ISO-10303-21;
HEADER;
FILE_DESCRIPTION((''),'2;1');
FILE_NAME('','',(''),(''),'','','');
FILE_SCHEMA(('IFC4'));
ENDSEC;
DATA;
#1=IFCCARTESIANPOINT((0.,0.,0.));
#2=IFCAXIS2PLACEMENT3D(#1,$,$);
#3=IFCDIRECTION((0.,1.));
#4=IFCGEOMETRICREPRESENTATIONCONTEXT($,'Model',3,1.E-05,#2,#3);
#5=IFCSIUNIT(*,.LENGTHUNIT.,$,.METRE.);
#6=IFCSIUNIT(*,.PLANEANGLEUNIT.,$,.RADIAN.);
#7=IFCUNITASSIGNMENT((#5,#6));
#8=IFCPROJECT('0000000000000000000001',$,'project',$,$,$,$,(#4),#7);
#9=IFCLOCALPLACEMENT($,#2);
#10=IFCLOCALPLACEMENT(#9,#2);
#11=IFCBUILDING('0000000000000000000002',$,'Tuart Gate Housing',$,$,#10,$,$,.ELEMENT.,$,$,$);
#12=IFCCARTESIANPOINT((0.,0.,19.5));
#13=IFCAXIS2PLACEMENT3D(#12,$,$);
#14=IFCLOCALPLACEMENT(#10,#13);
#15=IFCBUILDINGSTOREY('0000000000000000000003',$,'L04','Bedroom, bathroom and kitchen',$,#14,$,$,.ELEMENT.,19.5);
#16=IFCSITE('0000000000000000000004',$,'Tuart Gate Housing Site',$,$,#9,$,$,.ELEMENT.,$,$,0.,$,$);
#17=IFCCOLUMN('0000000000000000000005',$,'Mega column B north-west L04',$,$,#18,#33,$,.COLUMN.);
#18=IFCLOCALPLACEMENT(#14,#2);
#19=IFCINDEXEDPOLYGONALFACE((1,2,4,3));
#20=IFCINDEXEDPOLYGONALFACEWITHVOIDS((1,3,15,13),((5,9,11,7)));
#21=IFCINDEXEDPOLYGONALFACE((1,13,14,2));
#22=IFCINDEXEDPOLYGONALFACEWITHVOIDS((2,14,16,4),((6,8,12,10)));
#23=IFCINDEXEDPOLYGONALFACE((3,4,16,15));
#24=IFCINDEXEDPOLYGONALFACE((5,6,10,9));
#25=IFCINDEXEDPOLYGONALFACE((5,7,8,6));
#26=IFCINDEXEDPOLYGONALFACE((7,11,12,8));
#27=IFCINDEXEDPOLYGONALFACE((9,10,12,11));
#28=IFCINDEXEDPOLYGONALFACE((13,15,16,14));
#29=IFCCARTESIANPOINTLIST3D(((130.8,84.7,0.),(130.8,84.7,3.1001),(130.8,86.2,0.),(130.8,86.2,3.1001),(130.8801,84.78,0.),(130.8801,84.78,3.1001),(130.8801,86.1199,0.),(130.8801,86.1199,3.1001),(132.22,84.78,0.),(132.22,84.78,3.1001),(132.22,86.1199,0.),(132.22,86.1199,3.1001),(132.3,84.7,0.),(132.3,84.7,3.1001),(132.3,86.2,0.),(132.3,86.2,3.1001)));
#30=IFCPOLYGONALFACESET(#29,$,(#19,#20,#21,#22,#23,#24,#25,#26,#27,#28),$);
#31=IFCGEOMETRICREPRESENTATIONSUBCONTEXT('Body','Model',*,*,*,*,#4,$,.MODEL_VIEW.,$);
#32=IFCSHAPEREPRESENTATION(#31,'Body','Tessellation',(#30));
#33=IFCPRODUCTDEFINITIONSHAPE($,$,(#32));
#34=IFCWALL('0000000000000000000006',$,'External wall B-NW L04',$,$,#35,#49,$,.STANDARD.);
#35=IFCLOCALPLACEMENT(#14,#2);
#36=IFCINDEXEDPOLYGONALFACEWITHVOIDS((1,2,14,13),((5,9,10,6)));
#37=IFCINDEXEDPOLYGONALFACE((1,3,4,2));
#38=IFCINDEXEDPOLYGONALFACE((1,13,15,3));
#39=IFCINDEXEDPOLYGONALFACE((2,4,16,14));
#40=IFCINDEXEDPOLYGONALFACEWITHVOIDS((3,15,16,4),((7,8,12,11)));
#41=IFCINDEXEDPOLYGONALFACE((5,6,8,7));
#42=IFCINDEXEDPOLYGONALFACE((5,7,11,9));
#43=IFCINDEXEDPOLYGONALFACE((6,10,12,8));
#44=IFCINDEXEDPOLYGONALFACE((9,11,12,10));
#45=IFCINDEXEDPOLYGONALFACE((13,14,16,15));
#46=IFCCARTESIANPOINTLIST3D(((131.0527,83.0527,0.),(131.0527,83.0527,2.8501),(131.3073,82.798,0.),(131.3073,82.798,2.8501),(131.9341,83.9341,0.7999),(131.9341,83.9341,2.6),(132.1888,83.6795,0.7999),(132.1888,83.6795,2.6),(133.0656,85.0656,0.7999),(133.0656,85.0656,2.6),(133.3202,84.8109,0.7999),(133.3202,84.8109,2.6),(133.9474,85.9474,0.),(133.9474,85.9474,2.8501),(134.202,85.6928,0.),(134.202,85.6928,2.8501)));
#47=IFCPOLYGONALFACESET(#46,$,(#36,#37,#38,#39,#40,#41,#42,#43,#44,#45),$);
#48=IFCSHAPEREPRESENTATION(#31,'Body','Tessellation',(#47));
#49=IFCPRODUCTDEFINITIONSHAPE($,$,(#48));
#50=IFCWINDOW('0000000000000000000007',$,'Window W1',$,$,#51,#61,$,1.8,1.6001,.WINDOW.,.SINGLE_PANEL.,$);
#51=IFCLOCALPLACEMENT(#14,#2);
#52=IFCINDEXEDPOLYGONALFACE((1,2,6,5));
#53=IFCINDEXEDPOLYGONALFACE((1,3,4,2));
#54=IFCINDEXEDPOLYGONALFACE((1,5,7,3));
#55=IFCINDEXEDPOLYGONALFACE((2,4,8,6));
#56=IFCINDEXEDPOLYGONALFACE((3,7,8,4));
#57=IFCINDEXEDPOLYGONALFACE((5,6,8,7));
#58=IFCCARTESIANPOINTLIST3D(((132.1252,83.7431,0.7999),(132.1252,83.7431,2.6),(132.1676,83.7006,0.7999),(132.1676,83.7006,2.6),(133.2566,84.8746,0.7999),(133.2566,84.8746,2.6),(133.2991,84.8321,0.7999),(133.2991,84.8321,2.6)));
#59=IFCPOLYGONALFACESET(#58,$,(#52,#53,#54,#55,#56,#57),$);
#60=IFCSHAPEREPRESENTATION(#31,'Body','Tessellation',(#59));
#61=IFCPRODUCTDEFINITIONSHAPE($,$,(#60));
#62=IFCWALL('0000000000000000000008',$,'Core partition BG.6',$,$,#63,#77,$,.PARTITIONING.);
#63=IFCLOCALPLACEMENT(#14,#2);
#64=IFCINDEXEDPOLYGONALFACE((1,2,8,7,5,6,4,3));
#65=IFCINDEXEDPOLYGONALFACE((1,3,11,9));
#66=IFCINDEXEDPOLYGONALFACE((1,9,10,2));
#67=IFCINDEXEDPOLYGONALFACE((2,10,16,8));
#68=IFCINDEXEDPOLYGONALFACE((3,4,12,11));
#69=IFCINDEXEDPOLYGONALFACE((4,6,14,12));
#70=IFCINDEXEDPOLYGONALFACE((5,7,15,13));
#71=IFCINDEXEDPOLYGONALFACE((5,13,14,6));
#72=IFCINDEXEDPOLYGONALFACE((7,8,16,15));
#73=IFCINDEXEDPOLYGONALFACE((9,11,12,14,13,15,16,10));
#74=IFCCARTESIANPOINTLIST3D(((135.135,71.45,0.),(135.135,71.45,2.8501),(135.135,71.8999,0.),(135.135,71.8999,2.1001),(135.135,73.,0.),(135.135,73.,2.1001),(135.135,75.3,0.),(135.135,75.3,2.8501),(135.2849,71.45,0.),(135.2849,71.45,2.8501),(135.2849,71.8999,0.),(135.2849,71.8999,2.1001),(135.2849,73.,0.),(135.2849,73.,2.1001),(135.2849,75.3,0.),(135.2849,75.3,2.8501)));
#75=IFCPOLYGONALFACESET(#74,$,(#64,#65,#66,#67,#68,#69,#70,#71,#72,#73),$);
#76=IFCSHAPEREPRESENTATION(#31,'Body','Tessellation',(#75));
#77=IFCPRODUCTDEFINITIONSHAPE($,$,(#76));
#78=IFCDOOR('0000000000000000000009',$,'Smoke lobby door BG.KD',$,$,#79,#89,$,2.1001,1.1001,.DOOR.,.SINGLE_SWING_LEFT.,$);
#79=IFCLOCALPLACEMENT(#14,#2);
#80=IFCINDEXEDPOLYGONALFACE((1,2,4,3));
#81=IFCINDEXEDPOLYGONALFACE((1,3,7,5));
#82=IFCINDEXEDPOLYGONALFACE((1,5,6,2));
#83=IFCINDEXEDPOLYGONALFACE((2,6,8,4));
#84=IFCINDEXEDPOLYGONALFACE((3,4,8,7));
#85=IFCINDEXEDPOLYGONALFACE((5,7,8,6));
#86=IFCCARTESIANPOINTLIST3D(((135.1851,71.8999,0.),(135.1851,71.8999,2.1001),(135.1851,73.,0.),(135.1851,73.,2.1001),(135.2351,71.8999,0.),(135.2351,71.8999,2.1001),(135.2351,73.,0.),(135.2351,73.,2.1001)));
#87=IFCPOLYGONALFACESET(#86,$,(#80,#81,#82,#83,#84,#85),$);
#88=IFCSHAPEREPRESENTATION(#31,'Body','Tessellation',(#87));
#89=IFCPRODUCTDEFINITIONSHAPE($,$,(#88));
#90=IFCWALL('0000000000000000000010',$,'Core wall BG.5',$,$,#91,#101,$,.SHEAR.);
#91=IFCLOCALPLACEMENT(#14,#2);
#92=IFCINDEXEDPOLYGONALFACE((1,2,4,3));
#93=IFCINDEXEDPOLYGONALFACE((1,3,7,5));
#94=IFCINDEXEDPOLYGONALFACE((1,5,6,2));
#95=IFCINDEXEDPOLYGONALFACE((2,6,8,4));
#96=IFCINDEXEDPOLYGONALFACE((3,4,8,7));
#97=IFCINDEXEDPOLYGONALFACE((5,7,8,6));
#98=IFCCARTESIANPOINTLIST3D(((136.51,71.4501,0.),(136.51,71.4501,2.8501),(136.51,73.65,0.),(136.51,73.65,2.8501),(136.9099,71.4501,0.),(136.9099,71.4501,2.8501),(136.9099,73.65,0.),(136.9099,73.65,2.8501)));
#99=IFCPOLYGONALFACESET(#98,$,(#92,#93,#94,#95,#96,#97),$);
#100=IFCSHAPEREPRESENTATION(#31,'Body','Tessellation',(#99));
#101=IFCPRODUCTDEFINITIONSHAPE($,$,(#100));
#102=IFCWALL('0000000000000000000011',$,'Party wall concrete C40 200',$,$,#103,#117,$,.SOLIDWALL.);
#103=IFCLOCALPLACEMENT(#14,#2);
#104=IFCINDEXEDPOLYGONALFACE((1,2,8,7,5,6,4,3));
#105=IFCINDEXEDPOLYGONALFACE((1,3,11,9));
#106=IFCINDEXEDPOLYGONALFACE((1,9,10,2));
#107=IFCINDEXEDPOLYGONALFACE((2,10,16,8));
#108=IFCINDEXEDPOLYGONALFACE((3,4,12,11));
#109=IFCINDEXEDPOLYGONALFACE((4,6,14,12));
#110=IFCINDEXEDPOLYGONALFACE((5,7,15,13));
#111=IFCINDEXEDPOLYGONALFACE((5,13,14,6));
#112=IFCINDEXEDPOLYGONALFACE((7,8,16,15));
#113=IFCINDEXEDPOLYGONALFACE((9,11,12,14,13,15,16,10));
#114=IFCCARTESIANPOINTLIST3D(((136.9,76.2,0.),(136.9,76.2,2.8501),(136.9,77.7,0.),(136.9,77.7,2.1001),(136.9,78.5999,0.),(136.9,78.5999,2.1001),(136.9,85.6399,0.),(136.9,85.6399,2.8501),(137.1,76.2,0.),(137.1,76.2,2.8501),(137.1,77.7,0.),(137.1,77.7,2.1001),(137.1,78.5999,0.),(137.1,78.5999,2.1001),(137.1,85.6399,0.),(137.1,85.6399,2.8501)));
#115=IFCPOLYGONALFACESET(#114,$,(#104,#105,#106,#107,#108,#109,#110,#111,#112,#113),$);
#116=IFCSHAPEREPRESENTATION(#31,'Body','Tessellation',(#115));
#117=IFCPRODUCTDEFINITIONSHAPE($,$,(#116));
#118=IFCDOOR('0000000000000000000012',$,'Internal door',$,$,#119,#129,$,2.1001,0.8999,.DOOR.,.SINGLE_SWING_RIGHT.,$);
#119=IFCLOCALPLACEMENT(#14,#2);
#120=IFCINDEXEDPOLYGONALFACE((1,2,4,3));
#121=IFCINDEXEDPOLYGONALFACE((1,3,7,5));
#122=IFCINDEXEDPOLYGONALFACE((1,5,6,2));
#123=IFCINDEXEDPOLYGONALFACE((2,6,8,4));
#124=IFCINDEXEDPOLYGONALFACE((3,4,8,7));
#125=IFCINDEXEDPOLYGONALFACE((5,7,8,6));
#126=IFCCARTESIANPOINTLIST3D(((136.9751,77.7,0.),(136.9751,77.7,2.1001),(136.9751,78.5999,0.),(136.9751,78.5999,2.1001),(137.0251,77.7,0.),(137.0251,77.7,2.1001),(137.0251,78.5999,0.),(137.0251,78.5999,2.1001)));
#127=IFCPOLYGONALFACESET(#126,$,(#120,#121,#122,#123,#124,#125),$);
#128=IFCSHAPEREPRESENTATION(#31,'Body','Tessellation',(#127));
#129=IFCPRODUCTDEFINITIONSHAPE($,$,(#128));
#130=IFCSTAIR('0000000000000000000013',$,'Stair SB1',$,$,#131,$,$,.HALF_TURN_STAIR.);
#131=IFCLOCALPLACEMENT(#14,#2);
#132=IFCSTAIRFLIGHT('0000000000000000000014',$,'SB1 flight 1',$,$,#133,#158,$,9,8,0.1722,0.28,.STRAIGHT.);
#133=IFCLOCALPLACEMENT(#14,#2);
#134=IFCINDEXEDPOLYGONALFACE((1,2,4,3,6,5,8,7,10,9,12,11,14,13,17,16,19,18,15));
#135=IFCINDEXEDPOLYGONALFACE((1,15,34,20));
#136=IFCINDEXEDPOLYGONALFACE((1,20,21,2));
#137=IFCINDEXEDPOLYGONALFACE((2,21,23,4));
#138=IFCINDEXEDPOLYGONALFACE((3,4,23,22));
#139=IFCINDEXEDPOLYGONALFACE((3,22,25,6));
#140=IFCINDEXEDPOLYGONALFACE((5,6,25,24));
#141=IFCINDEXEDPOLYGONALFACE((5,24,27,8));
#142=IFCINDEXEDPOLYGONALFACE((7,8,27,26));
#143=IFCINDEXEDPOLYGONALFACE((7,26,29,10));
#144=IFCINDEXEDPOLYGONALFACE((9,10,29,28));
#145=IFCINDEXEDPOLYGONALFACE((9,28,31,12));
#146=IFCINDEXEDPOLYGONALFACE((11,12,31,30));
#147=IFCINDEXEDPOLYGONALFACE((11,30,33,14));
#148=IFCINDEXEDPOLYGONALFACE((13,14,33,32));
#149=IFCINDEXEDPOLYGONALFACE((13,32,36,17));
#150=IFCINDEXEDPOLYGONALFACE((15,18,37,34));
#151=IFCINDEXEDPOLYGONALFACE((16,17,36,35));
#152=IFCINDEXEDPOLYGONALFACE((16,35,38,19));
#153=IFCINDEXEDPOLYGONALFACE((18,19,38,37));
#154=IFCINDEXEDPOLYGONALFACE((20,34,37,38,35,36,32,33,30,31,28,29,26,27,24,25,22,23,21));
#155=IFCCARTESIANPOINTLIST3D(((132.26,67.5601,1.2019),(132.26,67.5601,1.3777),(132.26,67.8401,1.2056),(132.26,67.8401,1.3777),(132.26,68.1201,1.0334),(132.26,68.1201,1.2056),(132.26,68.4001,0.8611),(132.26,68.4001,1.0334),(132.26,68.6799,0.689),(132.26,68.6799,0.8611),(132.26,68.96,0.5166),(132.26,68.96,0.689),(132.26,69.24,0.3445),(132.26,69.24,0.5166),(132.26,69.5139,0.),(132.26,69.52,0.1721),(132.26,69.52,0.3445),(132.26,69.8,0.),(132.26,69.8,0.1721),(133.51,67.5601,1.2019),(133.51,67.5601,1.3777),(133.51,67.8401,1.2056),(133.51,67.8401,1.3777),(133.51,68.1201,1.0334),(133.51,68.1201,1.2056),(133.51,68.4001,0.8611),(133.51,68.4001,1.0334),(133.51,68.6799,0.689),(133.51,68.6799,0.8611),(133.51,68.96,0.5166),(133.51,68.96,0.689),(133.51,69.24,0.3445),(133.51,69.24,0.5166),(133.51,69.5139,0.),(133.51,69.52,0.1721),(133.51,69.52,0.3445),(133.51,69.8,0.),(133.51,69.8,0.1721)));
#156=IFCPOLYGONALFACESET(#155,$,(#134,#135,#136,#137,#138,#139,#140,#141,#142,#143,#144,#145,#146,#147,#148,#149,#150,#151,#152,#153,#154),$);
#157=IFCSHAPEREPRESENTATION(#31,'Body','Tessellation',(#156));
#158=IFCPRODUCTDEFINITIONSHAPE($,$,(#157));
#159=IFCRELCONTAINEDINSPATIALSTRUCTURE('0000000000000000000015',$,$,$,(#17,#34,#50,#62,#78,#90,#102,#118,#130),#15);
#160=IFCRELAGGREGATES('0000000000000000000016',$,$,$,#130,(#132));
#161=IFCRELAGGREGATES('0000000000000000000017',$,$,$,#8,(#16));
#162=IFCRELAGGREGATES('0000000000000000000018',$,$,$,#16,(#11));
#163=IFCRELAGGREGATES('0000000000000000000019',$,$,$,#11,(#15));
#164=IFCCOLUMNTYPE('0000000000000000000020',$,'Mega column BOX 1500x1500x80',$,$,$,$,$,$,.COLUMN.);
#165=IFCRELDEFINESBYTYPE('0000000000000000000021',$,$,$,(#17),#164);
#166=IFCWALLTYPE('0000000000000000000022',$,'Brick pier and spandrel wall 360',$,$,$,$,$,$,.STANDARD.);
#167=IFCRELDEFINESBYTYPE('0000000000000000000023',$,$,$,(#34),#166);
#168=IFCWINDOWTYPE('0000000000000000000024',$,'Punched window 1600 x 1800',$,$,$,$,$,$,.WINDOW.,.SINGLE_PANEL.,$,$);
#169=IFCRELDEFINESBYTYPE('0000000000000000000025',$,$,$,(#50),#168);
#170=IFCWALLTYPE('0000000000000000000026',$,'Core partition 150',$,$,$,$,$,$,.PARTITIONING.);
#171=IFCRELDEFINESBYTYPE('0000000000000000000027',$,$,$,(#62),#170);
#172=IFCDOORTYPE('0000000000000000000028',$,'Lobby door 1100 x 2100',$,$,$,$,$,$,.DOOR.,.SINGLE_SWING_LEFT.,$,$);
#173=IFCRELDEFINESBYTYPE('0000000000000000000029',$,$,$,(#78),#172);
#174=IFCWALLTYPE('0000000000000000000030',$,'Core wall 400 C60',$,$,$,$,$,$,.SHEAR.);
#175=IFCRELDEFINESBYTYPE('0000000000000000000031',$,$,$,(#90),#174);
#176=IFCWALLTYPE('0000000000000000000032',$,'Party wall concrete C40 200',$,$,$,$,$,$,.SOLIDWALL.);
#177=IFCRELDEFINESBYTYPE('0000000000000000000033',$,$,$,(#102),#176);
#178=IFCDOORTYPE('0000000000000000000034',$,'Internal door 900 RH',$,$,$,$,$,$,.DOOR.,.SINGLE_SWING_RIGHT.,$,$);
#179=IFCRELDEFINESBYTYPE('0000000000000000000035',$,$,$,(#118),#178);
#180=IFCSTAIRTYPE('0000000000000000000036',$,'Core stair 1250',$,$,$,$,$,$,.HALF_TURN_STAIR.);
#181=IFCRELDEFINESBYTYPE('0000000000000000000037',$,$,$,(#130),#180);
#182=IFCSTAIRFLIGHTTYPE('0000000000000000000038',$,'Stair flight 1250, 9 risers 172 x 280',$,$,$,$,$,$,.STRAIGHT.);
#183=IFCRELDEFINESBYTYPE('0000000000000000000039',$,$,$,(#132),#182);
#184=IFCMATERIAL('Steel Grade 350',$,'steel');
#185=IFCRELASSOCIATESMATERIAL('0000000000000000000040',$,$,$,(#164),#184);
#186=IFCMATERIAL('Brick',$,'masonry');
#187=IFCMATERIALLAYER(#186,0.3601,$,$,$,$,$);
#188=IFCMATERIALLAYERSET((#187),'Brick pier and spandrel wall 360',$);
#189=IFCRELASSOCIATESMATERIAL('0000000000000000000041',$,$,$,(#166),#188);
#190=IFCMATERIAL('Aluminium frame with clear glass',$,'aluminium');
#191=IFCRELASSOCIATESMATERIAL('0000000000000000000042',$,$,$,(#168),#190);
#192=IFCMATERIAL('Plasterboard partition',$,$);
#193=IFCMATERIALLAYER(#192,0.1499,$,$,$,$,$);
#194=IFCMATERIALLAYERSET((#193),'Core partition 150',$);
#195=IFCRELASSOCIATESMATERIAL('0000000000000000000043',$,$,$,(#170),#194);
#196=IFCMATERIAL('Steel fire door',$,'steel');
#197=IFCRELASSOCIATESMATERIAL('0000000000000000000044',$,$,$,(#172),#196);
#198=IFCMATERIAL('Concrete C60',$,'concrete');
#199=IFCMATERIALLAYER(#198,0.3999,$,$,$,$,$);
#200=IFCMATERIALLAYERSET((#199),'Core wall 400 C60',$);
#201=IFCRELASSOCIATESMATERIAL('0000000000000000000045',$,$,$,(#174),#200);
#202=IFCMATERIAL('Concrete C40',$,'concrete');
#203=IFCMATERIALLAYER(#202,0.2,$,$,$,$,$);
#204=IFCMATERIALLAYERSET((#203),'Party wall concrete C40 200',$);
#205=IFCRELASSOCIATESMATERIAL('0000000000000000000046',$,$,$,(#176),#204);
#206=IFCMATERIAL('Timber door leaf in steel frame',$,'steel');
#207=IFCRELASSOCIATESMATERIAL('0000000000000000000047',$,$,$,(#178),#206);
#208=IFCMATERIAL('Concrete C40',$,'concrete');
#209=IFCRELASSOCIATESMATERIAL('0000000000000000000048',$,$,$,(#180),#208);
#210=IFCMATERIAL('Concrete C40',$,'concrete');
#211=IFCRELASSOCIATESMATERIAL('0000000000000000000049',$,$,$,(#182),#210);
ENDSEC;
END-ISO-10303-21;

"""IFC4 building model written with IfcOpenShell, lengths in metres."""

from ifc_helpers import new_model, si_unit, direction, frame, frame_2d, origin, origin_2d, place, context, subcontext, project, spatial, polyline, rectangle, hollow_rectangle, outline, extrude, material, layer, layer_set, material_profile, profile_set, type_object, element, fill, aggregate, save


model = new_model("IFC4")

# Units and contexts
model_context = context("Model", 3, precision=1e-05, world=origin(), true_north=direction((0.0, 1.0)))
body_context = subcontext(model_context, "Body", "Model", "MODEL_VIEW")
ifc_project = project(units=[si_unit("LENGTHUNIT", "METRE"), si_unit("PLANEANGLEUNIT", "RADIAN")], contexts=[model_context])

# Site, building, storey
site_placement = place(None, origin())
site = spatial("IfcSite", under=ifc_project, at=site_placement, Name="Tuart Gate Housing Site", CompositionType="ELEMENT", RefElevation=0.0)
building_placement = place(site_placement, origin())
building = spatial("IfcBuilding", under=site, at=building_placement, Name="Tuart Gate Housing", CompositionType="ELEMENT")
storey_placement = place(building_placement, frame((0.0, 0.0, 19.5)))
storey = spatial("IfcBuildingStorey", under=building, at=storey_placement, Name="L04", Description="Bedroom, bathroom and kitchen", CompositionType="ELEMENT", Elevation=19.5)

# Column
ifc_material_1 = material(Name="Steel Grade 350", Category="steel")
ifc_material_profile = material_profile(ifc_material_1, hollow_rectangle(XDim=1.5, YDim=1.5, WallThickness=0.0801, at=origin_2d()), Name="BOX 1500x1500x80")
ifc_profile_set = profile_set([ifc_material_profile], Name="Steel Grade 350")
column_type = type_object("IfcColumnType", Name="Mega column BOX 1500x1500x80", PredefinedType="COLUMN", material=ifc_profile_set)
column_placement = place(storey_placement, frame((131.55, 85.45, 0.0), z_axis=(0.0, 0.0, 1.0), x_axis=(1.0, 0.0, 0.0)))
element("IfcColumn", 1, at=column_placement, inside=storey, type_object=column_type, Name="Mega column B north-west L04", PredefinedType="COLUMN", context=body_context, shape_type="SweptSolid", body=[
    extrude(hollow_rectangle(XDim=1.5, YDim=1.5, WallThickness=0.0801, at=origin_2d()), origin(), (0.0, 0.0, 1.0), 3.1001),
])

# Wall, opening, window
ifc_material_2 = material(Name="Brick", Category="masonry")
ifc_layer_1 = layer(ifc_material_2, 0.3601)
ifc_layer_set_1 = layer_set([ifc_layer_1], Name="Brick pier and spandrel wall 360")
wall_type_1 = type_object("IfcWallType", Name="Brick pier and spandrel wall 360", PredefinedType="STANDARD", material=ifc_layer_set_1)
wall_1_placement = place(storey_placement, frame((134.0747, 85.8201, 0.0), z_axis=(0.0, 0.0, 1.0), x_axis=(-0.707107, -0.707107, 0.0)))
wall_1 = element("IfcWall", 2, at=wall_1_placement, inside=storey, type_object=wall_type_1, Name="External wall B-NW L04", PredefinedType="STANDARD", context=body_context, shape_type="SweptSolid", body=[
    extrude(rectangle(XDim=4.0938, YDim=0.3601, at=frame_2d((2.0469, 0.0))), origin(), (0.0, 0.0, 1.0), 2.8501),
])
opening_1_placement = place(wall_1_placement, frame((1.2471, 0.0, 0.8)))
opening_1 = element("IfcOpeningElement", 3, at=opening_1_placement, cuts=wall_1, PredefinedType="OPENING", context=body_context, shape_type="SweptSolid", body=[
    extrude(rectangle(XDim=1.6001, YDim=1.8, at=frame_2d((0.8, 0.8999))), frame((0.0, 0.1899, 0.0), z_axis=(0.0, -1.0, 0.0), x_axis=(1.0, 0.0, 0.0)), (0.0, 0.0, 1.0), 0.3801),
])
ifc_material_3 = material(Name="Aluminium frame with clear glass", Category="aluminium")
window_type = type_object("IfcWindowType", Name="Punched window 1600 x 1800", PartitioningType="SINGLE_PANEL", PredefinedType="WINDOW", material=ifc_material_3)
window_placement = place(opening_1_placement, origin())
window = element("IfcWindow", 4, at=window_placement, inside=storey, type_object=window_type, Name="Window W1", OverallHeight=1.8, OverallWidth=1.6001, PartitioningType="SINGLE_PANEL", PredefinedType="WINDOW", context=body_context, shape_type="SweptSolid", body=[
    extrude(rectangle(XDim=1.6001, YDim=1.8, at=frame_2d((0.8, 0.8999))), frame((0.0, 0.1501, 0.0), z_axis=(0.0, -1.0, 0.0), x_axis=(1.0, 0.0, 0.0)), (0.0, 0.0, 1.0), 0.0601),
])
fill(opening_1, window)

# Wall, opening, door
ifc_material_4 = material(Name="Plasterboard partition")
ifc_layer_2 = layer(ifc_material_4, 0.1499)
ifc_layer_set_2 = layer_set([ifc_layer_2], Name="Core partition 150")
wall_type_2 = type_object("IfcWallType", Name="Core partition 150", PredefinedType="PARTITIONING", material=ifc_layer_set_2)
wall_2_placement = place(storey_placement, frame((135.21, 71.45, 0.0), z_axis=(0.0, 0.0, 1.0), x_axis=(0.0, 1.0, 0.0)))
wall_2 = element("IfcWall", 5, at=wall_2_placement, inside=storey, type_object=wall_type_2, Name="Core partition BG.6", PredefinedType="PARTITIONING", context=body_context, shape_type="SweptSolid", body=[
    extrude(rectangle(XDim=3.8501, YDim=0.1499, at=frame_2d((1.925, 0.0))), origin(), (0.0, 0.0, 1.0), 2.8501),
])
opening_2_placement = place(wall_2_placement, frame((0.45, 0.0, 0.0)))
opening_2 = element("IfcOpeningElement", 6, at=opening_2_placement, cuts=wall_2, PredefinedType="OPENING", context=body_context, shape_type="SweptSolid", body=[
    extrude(rectangle(XDim=1.1001, YDim=2.1001, at=frame_2d((0.55, 1.05))), frame((0.0, 0.085, 0.0), z_axis=(0.0, -1.0, 0.0), x_axis=(1.0, 0.0, 0.0)), (0.0, 0.0, 1.0), 0.1699),
])
ifc_material_5 = material(Name="Steel fire door", Category="steel")
door_type_1 = type_object("IfcDoorType", Name="Lobby door 1100 x 2100", OperationType="SINGLE_SWING_LEFT", PredefinedType="DOOR", material=ifc_material_5)
door_1_placement = place(opening_2_placement, origin())
door_1 = element("IfcDoor", 7, at=door_1_placement, inside=storey, type_object=door_type_1, Name="Smoke lobby door BG.KD", OperationType="SINGLE_SWING_LEFT", OverallHeight=2.1001, OverallWidth=1.1001, PredefinedType="DOOR", context=body_context, shape_type="SweptSolid", body=[
    extrude(rectangle(XDim=1.1001, YDim=2.1001, at=frame_2d((0.55, 1.05))), frame((0.0, 0.0249, 0.0), z_axis=(0.0, -1.0, 0.0), x_axis=(1.0, 0.0, 0.0)), (0.0, 0.0, 1.0), 0.05),
])
fill(opening_2, door_1)

# Wall
ifc_material_6 = material(Name="Concrete C60", Category="concrete")
ifc_layer_3 = layer(ifc_material_6, 0.3999)
ifc_layer_set_3 = layer_set([ifc_layer_3], Name="Core wall 400 C60")
wall_type_3 = type_object("IfcWallType", Name="Core wall 400 C60", PredefinedType="SHEAR", material=ifc_layer_set_3)
wall_3_placement = place(storey_placement, frame((136.71, 71.45, 0.0), z_axis=(0.0, 0.0, 1.0), x_axis=(0.0, 1.0, 0.0)))
element("IfcWall", 8, at=wall_3_placement, inside=storey, type_object=wall_type_3, Name="Core wall BG.5", PredefinedType="SHEAR", context=body_context, shape_type="SweptSolid", body=[
    extrude(rectangle(XDim=2.2, YDim=0.3999, at=frame_2d((1.1001, 0.0))), origin(), (0.0, 0.0, 1.0), 2.8501),
])

# Wall, opening, door
ifc_material_7 = material(Name="Concrete C40", Category="concrete")
ifc_layer_4 = layer(ifc_material_7, 0.2)
ifc_layer_set_4 = layer_set([ifc_layer_4], Name="Party wall concrete C40 200")
wall_type_4 = type_object("IfcWallType", Name="Party wall concrete C40 200", PredefinedType="SOLIDWALL", material=ifc_layer_set_4)
wall_4_placement = place(storey_placement, frame((137.0, 76.2, 0.0), z_axis=(0.0, 0.0, 1.0), x_axis=(0.0, 1.0, 0.0)))
wall_4 = element("IfcWall", 9, at=wall_4_placement, inside=storey, type_object=wall_type_4, Name="Party wall concrete C40 200", PredefinedType="SOLIDWALL", context=body_context, shape_type="SweptSolid", body=[
    extrude(rectangle(XDim=9.4399, YDim=0.2, at=frame_2d((4.72, 0.0))), origin(), (0.0, 0.0, 1.0), 2.8501),
])
opening_3_placement = place(wall_4_placement, frame((1.5, 0.0, 0.0)))
opening_3 = element("IfcOpeningElement", 10, at=opening_3_placement, cuts=wall_4, PredefinedType="OPENING", context=body_context, shape_type="SweptSolid", body=[
    extrude(rectangle(XDim=0.8999, YDim=2.1001, at=frame_2d((0.45, 1.05))), frame((0.0, 0.1099, 0.0), z_axis=(0.0, -1.0, 0.0), x_axis=(1.0, 0.0, 0.0)), (0.0, 0.0, 1.0), 0.22),
])
ifc_material_8 = material(Name="Timber door leaf in steel frame", Category="steel")
door_type_2 = type_object("IfcDoorType", Name="Internal door 900 RH", OperationType="SINGLE_SWING_RIGHT", PredefinedType="DOOR", material=ifc_material_8)
door_2_placement = place(opening_3_placement, frame((0.8999, 0.0, 0.0), z_axis=(0.0, 0.0, 1.0), x_axis=(-1.0, 0.0, 0.0)))
door_2 = element("IfcDoor", 11, at=door_2_placement, inside=storey, type_object=door_type_2, Name="Internal door", OperationType="SINGLE_SWING_RIGHT", OverallHeight=2.1001, OverallWidth=0.8999, PredefinedType="DOOR", context=body_context, shape_type="SweptSolid", body=[
    extrude(rectangle(XDim=0.8999, YDim=2.1001, at=frame_2d((0.45, 1.05))), frame((0.0, 0.0251, 0.0), z_axis=(0.0, -1.0, 0.0), x_axis=(1.0, 0.0, 0.0)), (0.0, 0.0, 1.0), 0.05),
])
fill(opening_3, door_2)

# Stair, stair flight
ifc_material_9 = material(Name="Concrete C40", Category="concrete")
stair_type = type_object("IfcStairType", Name="Core stair 1250", PredefinedType="HALF_TURN_STAIR", material=ifc_material_9)
stair_placement = place(storey_placement, origin())
stair = element("IfcStair", 12, at=stair_placement, inside=storey, type_object=stair_type, Name="Stair SB1", PredefinedType="HALF_TURN_STAIR")
ifc_material_10 = material(Name="Concrete C40", Category="concrete")
stair_flight_type = type_object("IfcStairFlightType", Name="Stair flight 1250, 9 risers 172 x 280", PredefinedType="STRAIGHT", material=ifc_material_10)
stair_flight_1_placement = place(storey_placement, frame((132.885, 69.8, 0.0), z_axis=(0.0, 0.0, 1.0), x_axis=(0.0, -1.0, 0.0)))
stair_flight_1 = element("IfcStairFlight", 13, at=stair_flight_1_placement, type_object=stair_flight_type, Name="SB1 flight 1", NumberOfRisers=9, NumberOfTreads=8, PredefinedType="STRAIGHT", RiserHeight=0.1722, TreadLength=0.28, context=body_context, shape_type="SweptSolid", body=[
    extrude(outline(polyline([(0.0, 0.0), (0.0, 0.1721), (0.28, 0.1721), (0.28, 0.3445), (0.5601, 0.3445), (0.5601, 0.5166), (0.8401, 0.5166), (0.8401, 0.689), (1.1201, 0.689), (1.1201, 0.8611), (1.3999, 0.8611), (1.3999, 1.0334), (1.6799, 1.0334), (1.6799, 1.2056), (1.96, 1.2056), (1.96, 1.3777), (2.24, 1.3777), (2.24, 1.55), (2.24, 1.2019), (0.2861, 0.0), (0.0, 0.0)])), frame((0.0, 0.625, 0.0), z_axis=(0.0, -1.0, 0.0), x_axis=(1.0, 0.0, 0.0)), (0.0, 0.0, 1.0), 1.25),
])
aggregate(stair, [stair_flight_1])

save(model, "model.ifc")
